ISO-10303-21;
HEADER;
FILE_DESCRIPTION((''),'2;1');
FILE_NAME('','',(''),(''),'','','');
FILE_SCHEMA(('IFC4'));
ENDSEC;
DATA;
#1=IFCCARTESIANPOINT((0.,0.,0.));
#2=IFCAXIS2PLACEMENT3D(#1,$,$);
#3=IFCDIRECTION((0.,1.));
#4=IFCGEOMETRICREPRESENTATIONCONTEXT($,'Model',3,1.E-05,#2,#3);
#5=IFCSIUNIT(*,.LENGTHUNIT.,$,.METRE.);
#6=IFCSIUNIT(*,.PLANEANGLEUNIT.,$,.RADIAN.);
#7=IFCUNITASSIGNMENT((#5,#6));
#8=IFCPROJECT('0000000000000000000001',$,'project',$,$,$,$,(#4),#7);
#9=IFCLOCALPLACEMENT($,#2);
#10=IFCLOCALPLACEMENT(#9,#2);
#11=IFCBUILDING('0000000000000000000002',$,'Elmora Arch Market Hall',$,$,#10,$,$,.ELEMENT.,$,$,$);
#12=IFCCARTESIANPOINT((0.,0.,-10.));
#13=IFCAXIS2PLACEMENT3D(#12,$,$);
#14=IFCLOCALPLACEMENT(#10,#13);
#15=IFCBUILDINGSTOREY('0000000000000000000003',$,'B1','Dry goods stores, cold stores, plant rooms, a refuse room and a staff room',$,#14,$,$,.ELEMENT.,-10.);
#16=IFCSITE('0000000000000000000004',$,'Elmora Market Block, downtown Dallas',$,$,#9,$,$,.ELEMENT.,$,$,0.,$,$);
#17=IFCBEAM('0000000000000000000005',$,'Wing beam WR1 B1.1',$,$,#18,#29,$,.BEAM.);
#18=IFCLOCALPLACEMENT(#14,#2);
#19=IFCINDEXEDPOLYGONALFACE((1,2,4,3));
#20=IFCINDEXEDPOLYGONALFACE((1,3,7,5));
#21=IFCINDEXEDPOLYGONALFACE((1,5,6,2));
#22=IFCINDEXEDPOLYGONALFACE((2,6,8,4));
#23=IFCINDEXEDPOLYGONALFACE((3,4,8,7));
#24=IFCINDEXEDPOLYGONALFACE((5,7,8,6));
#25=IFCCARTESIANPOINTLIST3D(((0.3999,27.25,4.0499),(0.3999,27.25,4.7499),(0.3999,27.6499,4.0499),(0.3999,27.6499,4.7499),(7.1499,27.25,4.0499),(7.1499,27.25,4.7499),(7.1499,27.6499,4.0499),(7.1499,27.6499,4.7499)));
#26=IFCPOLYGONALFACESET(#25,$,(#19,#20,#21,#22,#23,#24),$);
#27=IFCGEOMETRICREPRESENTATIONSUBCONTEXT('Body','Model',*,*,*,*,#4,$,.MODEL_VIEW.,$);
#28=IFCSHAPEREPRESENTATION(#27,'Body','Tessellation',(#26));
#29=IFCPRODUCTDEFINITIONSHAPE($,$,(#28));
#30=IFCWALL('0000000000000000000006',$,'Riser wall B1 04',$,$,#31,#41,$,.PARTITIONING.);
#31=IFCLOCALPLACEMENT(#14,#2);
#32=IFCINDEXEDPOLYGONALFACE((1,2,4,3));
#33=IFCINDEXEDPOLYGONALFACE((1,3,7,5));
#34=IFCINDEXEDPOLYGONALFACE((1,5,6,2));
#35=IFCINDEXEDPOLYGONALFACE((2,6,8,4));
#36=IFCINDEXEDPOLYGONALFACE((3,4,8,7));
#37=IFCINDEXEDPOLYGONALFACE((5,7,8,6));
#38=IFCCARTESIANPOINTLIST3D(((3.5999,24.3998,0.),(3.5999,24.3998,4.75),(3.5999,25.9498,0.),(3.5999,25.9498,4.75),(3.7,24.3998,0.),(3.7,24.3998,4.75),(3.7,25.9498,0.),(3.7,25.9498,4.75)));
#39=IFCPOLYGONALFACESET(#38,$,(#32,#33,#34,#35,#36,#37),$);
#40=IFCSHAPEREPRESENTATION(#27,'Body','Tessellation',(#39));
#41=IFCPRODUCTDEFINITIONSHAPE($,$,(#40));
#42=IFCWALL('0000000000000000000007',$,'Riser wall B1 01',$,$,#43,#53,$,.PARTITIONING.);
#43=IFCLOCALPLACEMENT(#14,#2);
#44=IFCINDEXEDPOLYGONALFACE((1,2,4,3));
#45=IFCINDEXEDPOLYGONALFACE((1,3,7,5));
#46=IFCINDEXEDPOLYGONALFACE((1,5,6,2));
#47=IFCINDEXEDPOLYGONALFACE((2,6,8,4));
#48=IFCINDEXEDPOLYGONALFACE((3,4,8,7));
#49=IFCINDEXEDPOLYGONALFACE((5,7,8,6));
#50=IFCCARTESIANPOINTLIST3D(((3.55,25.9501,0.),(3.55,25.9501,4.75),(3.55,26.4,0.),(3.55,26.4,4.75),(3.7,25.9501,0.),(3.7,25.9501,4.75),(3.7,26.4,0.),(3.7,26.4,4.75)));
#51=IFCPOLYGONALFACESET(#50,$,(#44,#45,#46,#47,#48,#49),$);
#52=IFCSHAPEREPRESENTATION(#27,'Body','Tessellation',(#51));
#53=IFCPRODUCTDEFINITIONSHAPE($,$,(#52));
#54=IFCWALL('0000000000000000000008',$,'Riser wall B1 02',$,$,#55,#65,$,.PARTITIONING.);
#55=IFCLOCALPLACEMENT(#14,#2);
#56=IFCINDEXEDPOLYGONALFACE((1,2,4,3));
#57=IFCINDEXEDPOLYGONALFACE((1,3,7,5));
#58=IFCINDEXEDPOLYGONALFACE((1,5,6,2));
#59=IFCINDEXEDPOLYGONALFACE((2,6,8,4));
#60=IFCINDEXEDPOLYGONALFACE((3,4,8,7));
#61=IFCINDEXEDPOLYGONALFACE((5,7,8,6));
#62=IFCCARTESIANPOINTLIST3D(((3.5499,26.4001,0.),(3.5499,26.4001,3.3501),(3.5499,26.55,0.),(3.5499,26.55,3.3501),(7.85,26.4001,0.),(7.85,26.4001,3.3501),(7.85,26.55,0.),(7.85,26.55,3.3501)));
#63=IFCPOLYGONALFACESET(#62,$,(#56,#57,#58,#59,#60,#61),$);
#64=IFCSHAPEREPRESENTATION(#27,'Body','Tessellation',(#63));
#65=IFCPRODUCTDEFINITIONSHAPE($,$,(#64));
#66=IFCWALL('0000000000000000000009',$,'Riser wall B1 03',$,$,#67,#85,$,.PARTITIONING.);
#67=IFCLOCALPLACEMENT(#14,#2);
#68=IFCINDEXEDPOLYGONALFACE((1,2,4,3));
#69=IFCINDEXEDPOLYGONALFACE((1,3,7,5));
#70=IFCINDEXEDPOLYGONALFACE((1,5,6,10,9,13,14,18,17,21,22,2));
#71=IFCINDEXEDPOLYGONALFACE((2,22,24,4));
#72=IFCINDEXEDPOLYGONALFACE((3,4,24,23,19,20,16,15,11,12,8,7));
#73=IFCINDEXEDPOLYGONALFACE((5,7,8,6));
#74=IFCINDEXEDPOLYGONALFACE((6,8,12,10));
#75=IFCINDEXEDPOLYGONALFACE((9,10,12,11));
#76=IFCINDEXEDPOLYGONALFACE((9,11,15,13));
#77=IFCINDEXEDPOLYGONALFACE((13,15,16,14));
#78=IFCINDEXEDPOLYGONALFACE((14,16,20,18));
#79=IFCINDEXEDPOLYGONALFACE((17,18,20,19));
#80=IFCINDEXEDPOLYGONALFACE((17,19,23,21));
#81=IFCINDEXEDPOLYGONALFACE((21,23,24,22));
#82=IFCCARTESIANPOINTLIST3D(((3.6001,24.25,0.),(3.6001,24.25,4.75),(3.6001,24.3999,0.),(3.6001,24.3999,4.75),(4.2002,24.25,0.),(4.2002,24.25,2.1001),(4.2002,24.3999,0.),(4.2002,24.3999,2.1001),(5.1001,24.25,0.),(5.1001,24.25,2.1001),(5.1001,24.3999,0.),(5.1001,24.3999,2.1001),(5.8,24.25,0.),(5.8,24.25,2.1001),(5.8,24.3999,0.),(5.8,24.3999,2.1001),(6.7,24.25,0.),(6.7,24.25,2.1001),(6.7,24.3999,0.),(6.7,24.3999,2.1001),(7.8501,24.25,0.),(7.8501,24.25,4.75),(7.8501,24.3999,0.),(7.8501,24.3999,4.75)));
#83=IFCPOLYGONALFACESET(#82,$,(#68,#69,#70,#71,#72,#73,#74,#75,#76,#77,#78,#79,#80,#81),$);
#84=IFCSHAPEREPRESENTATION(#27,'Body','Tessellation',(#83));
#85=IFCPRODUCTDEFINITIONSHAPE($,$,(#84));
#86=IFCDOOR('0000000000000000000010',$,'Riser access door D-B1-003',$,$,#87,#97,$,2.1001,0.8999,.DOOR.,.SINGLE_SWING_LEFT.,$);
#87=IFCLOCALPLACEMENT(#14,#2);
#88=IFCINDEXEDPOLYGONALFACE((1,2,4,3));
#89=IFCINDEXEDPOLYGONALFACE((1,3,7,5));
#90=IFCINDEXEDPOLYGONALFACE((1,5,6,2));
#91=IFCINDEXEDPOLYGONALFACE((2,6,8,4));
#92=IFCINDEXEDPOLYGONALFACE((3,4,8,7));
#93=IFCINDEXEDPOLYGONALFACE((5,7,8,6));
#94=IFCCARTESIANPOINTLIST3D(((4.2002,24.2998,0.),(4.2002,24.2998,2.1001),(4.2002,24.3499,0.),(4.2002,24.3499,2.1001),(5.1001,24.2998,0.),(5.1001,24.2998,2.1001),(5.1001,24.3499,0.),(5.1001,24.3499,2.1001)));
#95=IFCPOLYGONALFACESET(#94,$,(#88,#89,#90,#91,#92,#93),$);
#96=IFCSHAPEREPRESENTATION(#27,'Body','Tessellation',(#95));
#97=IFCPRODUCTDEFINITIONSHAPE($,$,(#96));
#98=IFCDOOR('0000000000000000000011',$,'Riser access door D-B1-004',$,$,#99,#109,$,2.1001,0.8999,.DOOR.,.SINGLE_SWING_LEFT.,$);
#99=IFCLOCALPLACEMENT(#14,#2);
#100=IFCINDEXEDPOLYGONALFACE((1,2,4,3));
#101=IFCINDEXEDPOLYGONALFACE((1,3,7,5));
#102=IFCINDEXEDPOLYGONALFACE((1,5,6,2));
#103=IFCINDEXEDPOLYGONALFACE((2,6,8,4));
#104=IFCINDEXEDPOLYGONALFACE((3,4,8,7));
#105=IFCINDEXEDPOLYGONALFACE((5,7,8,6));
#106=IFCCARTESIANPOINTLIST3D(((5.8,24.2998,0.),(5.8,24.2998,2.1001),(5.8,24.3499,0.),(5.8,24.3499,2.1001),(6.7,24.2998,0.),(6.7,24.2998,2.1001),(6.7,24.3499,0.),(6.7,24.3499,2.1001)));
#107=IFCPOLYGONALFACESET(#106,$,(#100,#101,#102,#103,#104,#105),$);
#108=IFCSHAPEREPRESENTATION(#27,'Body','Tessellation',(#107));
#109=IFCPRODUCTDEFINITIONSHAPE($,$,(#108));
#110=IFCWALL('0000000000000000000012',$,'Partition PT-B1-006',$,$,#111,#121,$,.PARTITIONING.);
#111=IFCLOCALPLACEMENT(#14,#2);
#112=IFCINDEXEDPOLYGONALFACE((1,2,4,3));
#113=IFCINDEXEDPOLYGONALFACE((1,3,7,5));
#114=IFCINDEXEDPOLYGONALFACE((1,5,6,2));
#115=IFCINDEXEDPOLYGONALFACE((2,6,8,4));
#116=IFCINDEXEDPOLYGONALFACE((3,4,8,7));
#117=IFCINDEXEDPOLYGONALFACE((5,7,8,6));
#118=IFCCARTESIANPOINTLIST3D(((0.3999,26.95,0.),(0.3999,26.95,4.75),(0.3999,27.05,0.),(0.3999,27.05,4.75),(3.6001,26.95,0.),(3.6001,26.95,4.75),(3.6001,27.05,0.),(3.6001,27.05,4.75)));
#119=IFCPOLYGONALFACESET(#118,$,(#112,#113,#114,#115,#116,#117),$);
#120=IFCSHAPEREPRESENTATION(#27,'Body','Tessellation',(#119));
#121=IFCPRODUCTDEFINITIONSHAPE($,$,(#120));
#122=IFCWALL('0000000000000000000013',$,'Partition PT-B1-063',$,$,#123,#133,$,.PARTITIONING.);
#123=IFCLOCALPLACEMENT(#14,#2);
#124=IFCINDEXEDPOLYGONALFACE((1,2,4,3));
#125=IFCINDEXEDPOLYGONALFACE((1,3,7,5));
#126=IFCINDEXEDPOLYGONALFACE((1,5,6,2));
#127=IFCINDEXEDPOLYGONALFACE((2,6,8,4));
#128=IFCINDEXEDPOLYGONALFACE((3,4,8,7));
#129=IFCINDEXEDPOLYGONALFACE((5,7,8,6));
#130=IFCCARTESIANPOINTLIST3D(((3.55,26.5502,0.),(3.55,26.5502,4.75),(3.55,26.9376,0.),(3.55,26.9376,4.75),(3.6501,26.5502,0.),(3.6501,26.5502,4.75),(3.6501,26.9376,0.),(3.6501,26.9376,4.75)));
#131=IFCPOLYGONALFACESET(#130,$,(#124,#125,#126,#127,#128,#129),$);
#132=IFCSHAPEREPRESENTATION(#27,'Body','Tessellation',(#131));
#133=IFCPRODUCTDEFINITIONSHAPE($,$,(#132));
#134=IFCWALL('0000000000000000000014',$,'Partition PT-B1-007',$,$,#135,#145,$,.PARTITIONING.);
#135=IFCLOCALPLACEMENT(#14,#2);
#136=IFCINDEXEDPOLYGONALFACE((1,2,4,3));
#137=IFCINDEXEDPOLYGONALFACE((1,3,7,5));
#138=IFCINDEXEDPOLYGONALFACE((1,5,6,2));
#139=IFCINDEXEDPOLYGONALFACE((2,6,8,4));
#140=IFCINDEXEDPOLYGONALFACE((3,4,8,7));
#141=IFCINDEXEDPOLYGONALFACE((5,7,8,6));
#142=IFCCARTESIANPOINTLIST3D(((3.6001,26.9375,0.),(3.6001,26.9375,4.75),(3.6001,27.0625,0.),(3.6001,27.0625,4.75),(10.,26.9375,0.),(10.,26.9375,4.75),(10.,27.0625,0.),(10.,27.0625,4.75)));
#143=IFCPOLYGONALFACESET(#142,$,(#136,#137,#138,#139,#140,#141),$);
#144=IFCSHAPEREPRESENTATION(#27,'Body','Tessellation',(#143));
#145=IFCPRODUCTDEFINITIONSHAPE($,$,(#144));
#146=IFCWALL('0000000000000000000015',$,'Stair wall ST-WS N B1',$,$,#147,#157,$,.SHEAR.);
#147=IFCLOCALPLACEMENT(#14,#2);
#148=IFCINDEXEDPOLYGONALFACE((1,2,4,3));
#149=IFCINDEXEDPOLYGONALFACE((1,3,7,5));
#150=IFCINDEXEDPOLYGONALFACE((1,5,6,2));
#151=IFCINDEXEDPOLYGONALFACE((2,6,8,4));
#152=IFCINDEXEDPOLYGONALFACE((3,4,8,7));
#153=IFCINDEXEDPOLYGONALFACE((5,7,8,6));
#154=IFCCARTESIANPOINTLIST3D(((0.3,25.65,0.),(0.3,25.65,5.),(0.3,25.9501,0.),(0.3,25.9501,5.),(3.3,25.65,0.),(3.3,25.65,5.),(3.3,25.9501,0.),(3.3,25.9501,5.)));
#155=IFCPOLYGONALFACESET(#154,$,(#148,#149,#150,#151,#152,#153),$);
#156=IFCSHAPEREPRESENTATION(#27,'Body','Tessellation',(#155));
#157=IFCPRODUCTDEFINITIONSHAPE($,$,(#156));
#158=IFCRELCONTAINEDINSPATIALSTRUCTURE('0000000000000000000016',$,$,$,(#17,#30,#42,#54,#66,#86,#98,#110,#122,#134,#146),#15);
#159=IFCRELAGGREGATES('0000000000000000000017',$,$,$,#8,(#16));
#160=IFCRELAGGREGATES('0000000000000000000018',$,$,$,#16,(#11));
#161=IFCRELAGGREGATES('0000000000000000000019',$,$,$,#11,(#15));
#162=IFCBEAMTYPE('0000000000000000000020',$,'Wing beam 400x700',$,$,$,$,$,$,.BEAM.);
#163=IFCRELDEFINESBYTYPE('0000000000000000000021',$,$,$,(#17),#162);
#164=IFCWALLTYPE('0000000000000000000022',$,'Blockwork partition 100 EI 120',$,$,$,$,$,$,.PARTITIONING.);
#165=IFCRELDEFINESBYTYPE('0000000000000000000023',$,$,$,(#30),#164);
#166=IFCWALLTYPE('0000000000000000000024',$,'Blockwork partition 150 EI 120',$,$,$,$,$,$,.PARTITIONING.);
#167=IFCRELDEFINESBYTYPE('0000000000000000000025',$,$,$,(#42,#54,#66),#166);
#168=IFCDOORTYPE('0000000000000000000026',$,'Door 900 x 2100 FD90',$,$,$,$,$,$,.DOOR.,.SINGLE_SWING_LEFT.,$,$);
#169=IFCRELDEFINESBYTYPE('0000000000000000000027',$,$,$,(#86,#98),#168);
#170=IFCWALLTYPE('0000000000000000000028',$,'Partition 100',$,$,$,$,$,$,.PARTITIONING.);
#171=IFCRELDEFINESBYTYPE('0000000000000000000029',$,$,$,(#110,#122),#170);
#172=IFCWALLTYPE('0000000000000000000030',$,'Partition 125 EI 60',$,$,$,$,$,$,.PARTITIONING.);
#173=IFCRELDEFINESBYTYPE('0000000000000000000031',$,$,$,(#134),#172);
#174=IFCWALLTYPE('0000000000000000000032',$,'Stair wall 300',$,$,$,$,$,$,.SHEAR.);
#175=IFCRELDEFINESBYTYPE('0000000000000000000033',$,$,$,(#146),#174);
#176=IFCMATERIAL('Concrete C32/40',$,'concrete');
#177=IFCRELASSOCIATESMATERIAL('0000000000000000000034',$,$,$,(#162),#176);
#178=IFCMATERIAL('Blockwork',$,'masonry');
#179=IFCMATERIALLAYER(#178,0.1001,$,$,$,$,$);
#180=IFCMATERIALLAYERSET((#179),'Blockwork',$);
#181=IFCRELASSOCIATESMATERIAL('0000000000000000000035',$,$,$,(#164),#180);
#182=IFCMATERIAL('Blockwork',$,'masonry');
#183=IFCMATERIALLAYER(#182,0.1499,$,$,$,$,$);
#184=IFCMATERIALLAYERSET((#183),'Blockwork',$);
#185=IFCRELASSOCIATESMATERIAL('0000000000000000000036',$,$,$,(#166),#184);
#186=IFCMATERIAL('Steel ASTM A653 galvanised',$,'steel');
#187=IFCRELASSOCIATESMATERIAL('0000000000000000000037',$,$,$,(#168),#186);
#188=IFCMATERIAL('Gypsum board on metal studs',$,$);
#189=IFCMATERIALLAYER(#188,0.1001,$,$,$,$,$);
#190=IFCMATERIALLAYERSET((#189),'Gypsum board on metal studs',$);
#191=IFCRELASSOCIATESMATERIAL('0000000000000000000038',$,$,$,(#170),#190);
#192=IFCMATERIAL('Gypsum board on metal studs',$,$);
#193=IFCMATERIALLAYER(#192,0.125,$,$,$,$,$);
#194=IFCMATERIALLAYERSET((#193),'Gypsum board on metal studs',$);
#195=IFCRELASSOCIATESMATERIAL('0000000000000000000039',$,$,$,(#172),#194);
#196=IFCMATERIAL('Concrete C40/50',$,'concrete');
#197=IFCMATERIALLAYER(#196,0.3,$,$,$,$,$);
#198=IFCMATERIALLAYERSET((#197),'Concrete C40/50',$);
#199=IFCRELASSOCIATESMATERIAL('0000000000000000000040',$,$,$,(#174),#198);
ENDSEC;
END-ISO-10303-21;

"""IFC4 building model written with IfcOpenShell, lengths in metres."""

from ifc_helpers import new_model, si_unit, direction, frame, frame_2d, origin, origin_2d, place, context, subcontext, project, spatial, rectangle, extrude, material, layer, layer_set, material_profile, profile_set, type_object, element, fill, save


model = new_model("IFC4")

# Units and contexts
model_context = context("Model", 3, precision=1e-05, world=origin(), true_north=direction((0.0, 1.0)))
body_context = subcontext(model_context, "Body", "Model", "MODEL_VIEW")
ifc_project = project(units=[si_unit("LENGTHUNIT", "METRE"), si_unit("PLANEANGLEUNIT", "RADIAN")], contexts=[model_context])

# Site, building, storey
site_placement = place(None, origin())
site = spatial("IfcSite", under=ifc_project, at=site_placement, Name="Elmora Market Block, downtown Dallas", CompositionType="ELEMENT", RefElevation=0.0)
building_placement = place(site_placement, origin())
building = spatial("IfcBuilding", under=site, at=building_placement, Name="Elmora Arch Market Hall", CompositionType="ELEMENT")
storey_placement = place(building_placement, frame((0.0, 0.0, -10.0)))
storey = spatial("IfcBuildingStorey", under=building, at=storey_placement, Name="B1", Description="Dry goods stores, cold stores, plant rooms, a refuse room and a staff room", CompositionType="ELEMENT", Elevation=-10.0)

# Beam
ifc_material_1 = material(Name="Concrete C32/40", Category="concrete")
ifc_material_profile_1 = material_profile(ifc_material_1, rectangle(XDim=0.3999, YDim=0.7, at=origin_2d()), Name="Wing beam 400x700")
ifc_profile_set_1 = profile_set([ifc_material_profile_1], Name="Concrete C32/40")
beam_type_1 = type_object("IfcBeamType", Name="Wing beam 400x700", PredefinedType="BEAM", material=ifc_profile_set_1)
beam_1_placement = place(storey_placement, frame((0.3999, 27.45, 4.3999), z_axis=(1.0, 0.0, 0.0), x_axis=(0.0, 1.0, 0.0)))
element("IfcBeam", 1, at=beam_1_placement, inside=storey, type_object=beam_type_1, Name="Wing beam WR1 B1.1", PredefinedType="BEAM", context=body_context, shape_type="SweptSolid", body=[
    extrude(rectangle(XDim=0.3999, YDim=0.7, at=origin_2d()), origin(), (0.0, 0.0, 1.0), 6.75),
])

# Walls
ifc_material_2 = material(Name="Blockwork", Category="masonry")
ifc_layer_1 = layer(ifc_material_2, 0.1001)
ifc_layer_set_1 = layer_set([ifc_layer_1], Name="Blockwork")
wall_type_1 = type_object("IfcWallType", Name="Blockwork partition 100 EI 120", PredefinedType="PARTITIONING", material=ifc_layer_set_1)
wall_1_placement = place(storey_placement, frame((3.6499, 24.3999, 0.0), z_axis=(0.0, 0.0, 1.0), x_axis=(0.0, 1.0, 0.0)))
element("IfcWall", 2, at=wall_1_placement, inside=storey, type_object=wall_type_1, Name="Riser wall B1 04", PredefinedType="PARTITIONING", context=body_context, shape_type="SweptSolid", body=[
    extrude(rectangle(XDim=1.55, YDim=0.1001, at=frame_2d((0.7749, 0.0))), origin(), (0.0, 0.0, 1.0), 4.75),
])
ifc_material_3 = material(Name="Blockwork", Category="masonry")
ifc_layer_2 = layer(ifc_material_3, 0.1499)
ifc_layer_set_2 = layer_set([ifc_layer_2], Name="Blockwork")
wall_type_2 = type_object("IfcWallType", Name="Blockwork partition 150 EI 120", PredefinedType="PARTITIONING", material=ifc_layer_set_2)
wall_2_placement = place(storey_placement, frame((3.625, 25.95, 0.0), z_axis=(0.0, 0.0, 1.0), x_axis=(0.0, 1.0, 0.0)))
element("IfcWall", 3, at=wall_2_placement, inside=storey, type_object=wall_type_2, Name="Riser wall B1 01", PredefinedType="PARTITIONING", context=body_context, shape_type="SweptSolid", body=[
    extrude(rectangle(XDim=0.45, YDim=0.1499, at=frame_2d((0.2251, 0.0))), origin(), (0.0, 0.0, 1.0), 4.75),
])
wall_3_placement = place(storey_placement, frame((3.55, 26.4751, 0.0), z_axis=(0.0, 0.0, 1.0), x_axis=(1.0, 0.0, 0.0)))
element("IfcWall", 4, at=wall_3_placement, inside=storey, type_object=wall_type_2, Name="Riser wall B1 02", PredefinedType="PARTITIONING", context=body_context, shape_type="SweptSolid", body=[
    extrude(rectangle(XDim=4.3, YDim=0.1499, at=frame_2d((2.1499, 0.0))), origin(), (0.0, 0.0, 1.0), 3.3501),
])

# Wall, openings, doors
wall_4_placement = place(storey_placement, frame((3.6001, 24.325, 0.0), z_axis=(0.0, 0.0, 1.0), x_axis=(1.0, 0.0, 0.0)))
wall_4 = element("IfcWall", 5, at=wall_4_placement, inside=storey, type_object=wall_type_2, Name="Riser wall B1 03", PredefinedType="PARTITIONING", context=body_context, shape_type="SweptSolid", body=[
    extrude(rectangle(XDim=4.25, YDim=0.1499, at=frame_2d((2.125, 0.0))), origin(), (0.0, 0.0, 1.0), 4.75),
])
opening_1_placement = place(wall_4_placement, frame((0.6001, 0.0, 0.0)))
opening_1 = element("IfcOpeningElement", 6, at=opening_1_placement, cuts=wall_4, PredefinedType="OPENING", context=body_context, shape_type="SweptSolid", body=[
    extrude(rectangle(XDim=0.8999, YDim=2.1001, at=frame_2d((0.45, 1.05))), frame((0.0, 0.085, 0.0), z_axis=(0.0, -1.0, 0.0), x_axis=(1.0, 0.0, 0.0)), (0.0, 0.0, 1.0), 0.1699),
])
opening_2_placement = place(wall_4_placement, frame((2.2, 0.0, 0.0)))
opening_2 = element("IfcOpeningElement", 7, at=opening_2_placement, cuts=wall_4, PredefinedType="OPENING", context=body_context, shape_type="SweptSolid", body=[
    extrude(rectangle(XDim=0.8999, YDim=2.1001, at=frame_2d((0.45, 1.05))), frame((0.0, 0.085, 0.0), z_axis=(0.0, -1.0, 0.0), x_axis=(1.0, 0.0, 0.0)), (0.0, 0.0, 1.0), 0.1699),
])
ifc_material_4 = material(Name="Steel ASTM A653 galvanised", Category="steel")
door_type = type_object("IfcDoorType", Name="Door 900 x 2100 FD90", OperationType="SINGLE_SWING_LEFT", PredefinedType="DOOR", material=ifc_material_4)
door_1_placement = place(opening_1_placement, origin())
door_1 = element("IfcDoor", 8, at=door_1_placement, inside=storey, type_object=door_type, Name="Riser access door D-B1-003", OperationType="SINGLE_SWING_LEFT", OverallHeight=2.1001, OverallWidth=0.8999, PredefinedType="DOOR", context=body_context, shape_type="SweptSolid", body=[
    extrude(rectangle(XDim=0.8999, YDim=2.1001, at=frame_2d((0.45, 1.05))), frame((0.0, 0.0249, 0.0), z_axis=(0.0, -1.0, 0.0), x_axis=(1.0, 0.0, 0.0)), (0.0, 0.0, 1.0), 0.05),
])
fill(opening_1, door_1)
door_2_placement = place(opening_2_placement, origin())
door_2 = element("IfcDoor", 9, at=door_2_placement, inside=storey, type_object=door_type, Name="Riser access door D-B1-004", OperationType="SINGLE_SWING_LEFT", OverallHeight=2.1001, OverallWidth=0.8999, PredefinedType="DOOR", context=body_context, shape_type="SweptSolid", body=[
    extrude(rectangle(XDim=0.8999, YDim=2.1001, at=frame_2d((0.45, 1.05))), frame((0.0, 0.0249, 0.0), z_axis=(0.0, -1.0, 0.0), x_axis=(1.0, 0.0, 0.0)), (0.0, 0.0, 1.0), 0.05),
])
fill(opening_2, door_2)

# Walls
ifc_material_5 = material(Name="Gypsum board on metal studs")
ifc_layer_3 = layer(ifc_material_5, 0.1001)
ifc_layer_set_3 = layer_set([ifc_layer_3], Name="Gypsum board on metal studs")
wall_type_3 = type_object("IfcWallType", Name="Partition 100", PredefinedType="PARTITIONING", material=ifc_layer_set_3)
wall_5_placement = place(storey_placement, frame((0.3999, 27.0, 0.0), z_axis=(0.0, 0.0, 1.0), x_axis=(1.0, 0.0, 0.0)))
element("IfcWall", 10, at=wall_5_placement, inside=storey, type_object=wall_type_3, Name="Partition PT-B1-006", PredefinedType="PARTITIONING", context=body_context, shape_type="SweptSolid", body=[
    extrude(rectangle(XDim=3.2002, YDim=0.1001, at=frame_2d((1.6001, 0.0))), origin(), (0.0, 0.0, 1.0), 4.75),
])
wall_6_placement = place(storey_placement, frame((3.6001, 26.55, 0.0), z_axis=(0.0, 0.0, 1.0), x_axis=(0.0, 1.0, 0.0)))
element("IfcWall", 11, at=wall_6_placement, inside=storey, type_object=wall_type_3, Name="Partition PT-B1-063", PredefinedType="PARTITIONING", context=body_context, shape_type="SweptSolid", body=[
    extrude(rectangle(XDim=0.3875, YDim=0.1001, at=frame_2d((0.1938, 0.0))), origin(), (0.0, 0.0, 1.0), 4.75),
])
ifc_material_6 = material(Name="Gypsum board on metal studs")
ifc_layer_4 = layer(ifc_material_6, 0.125)
ifc_layer_set_4 = layer_set([ifc_layer_4], Name="Gypsum board on metal studs")
wall_type_4 = type_object("IfcWallType", Name="Partition 125 EI 60", PredefinedType="PARTITIONING", material=ifc_layer_set_4)
wall_7_placement = place(storey_placement, frame((3.6001, 27.0, 0.0), z_axis=(0.0, 0.0, 1.0), x_axis=(1.0, 0.0, 0.0)))
element("IfcWall", 12, at=wall_7_placement, inside=storey, type_object=wall_type_4, Name="Partition PT-B1-007", PredefinedType="PARTITIONING", context=body_context, shape_type="SweptSolid", body=[
    extrude(rectangle(XDim=6.3999, YDim=0.125, at=frame_2d((3.2, 0.0))), origin(), (0.0, 0.0, 1.0), 4.75),
])
ifc_material_7 = material(Name="Concrete C40/50", Category="concrete")
ifc_layer_5 = layer(ifc_material_7, 0.3)
ifc_layer_set_5 = layer_set([ifc_layer_5], Name="Concrete C40/50")
wall_type_5 = type_object("IfcWallType", Name="Stair wall 300", PredefinedType="SHEAR", material=ifc_layer_set_5)
wall_8_placement = place(storey_placement, frame((0.3, 25.8, 0.0), z_axis=(0.0, 0.0, 1.0), x_axis=(1.0, 0.0, 0.0)))
element("IfcWall", 13, at=wall_8_placement, inside=storey, type_object=wall_type_5, Name="Stair wall ST-WS N B1", PredefinedType="SHEAR", context=body_context, shape_type="SweptSolid", body=[
    extrude(rectangle(XDim=3.0, YDim=0.3, at=frame_2d((1.5, 0.0))), origin(), (0.0, 0.0, 1.0), 5.0),
])

save(model, "model.ifc")
